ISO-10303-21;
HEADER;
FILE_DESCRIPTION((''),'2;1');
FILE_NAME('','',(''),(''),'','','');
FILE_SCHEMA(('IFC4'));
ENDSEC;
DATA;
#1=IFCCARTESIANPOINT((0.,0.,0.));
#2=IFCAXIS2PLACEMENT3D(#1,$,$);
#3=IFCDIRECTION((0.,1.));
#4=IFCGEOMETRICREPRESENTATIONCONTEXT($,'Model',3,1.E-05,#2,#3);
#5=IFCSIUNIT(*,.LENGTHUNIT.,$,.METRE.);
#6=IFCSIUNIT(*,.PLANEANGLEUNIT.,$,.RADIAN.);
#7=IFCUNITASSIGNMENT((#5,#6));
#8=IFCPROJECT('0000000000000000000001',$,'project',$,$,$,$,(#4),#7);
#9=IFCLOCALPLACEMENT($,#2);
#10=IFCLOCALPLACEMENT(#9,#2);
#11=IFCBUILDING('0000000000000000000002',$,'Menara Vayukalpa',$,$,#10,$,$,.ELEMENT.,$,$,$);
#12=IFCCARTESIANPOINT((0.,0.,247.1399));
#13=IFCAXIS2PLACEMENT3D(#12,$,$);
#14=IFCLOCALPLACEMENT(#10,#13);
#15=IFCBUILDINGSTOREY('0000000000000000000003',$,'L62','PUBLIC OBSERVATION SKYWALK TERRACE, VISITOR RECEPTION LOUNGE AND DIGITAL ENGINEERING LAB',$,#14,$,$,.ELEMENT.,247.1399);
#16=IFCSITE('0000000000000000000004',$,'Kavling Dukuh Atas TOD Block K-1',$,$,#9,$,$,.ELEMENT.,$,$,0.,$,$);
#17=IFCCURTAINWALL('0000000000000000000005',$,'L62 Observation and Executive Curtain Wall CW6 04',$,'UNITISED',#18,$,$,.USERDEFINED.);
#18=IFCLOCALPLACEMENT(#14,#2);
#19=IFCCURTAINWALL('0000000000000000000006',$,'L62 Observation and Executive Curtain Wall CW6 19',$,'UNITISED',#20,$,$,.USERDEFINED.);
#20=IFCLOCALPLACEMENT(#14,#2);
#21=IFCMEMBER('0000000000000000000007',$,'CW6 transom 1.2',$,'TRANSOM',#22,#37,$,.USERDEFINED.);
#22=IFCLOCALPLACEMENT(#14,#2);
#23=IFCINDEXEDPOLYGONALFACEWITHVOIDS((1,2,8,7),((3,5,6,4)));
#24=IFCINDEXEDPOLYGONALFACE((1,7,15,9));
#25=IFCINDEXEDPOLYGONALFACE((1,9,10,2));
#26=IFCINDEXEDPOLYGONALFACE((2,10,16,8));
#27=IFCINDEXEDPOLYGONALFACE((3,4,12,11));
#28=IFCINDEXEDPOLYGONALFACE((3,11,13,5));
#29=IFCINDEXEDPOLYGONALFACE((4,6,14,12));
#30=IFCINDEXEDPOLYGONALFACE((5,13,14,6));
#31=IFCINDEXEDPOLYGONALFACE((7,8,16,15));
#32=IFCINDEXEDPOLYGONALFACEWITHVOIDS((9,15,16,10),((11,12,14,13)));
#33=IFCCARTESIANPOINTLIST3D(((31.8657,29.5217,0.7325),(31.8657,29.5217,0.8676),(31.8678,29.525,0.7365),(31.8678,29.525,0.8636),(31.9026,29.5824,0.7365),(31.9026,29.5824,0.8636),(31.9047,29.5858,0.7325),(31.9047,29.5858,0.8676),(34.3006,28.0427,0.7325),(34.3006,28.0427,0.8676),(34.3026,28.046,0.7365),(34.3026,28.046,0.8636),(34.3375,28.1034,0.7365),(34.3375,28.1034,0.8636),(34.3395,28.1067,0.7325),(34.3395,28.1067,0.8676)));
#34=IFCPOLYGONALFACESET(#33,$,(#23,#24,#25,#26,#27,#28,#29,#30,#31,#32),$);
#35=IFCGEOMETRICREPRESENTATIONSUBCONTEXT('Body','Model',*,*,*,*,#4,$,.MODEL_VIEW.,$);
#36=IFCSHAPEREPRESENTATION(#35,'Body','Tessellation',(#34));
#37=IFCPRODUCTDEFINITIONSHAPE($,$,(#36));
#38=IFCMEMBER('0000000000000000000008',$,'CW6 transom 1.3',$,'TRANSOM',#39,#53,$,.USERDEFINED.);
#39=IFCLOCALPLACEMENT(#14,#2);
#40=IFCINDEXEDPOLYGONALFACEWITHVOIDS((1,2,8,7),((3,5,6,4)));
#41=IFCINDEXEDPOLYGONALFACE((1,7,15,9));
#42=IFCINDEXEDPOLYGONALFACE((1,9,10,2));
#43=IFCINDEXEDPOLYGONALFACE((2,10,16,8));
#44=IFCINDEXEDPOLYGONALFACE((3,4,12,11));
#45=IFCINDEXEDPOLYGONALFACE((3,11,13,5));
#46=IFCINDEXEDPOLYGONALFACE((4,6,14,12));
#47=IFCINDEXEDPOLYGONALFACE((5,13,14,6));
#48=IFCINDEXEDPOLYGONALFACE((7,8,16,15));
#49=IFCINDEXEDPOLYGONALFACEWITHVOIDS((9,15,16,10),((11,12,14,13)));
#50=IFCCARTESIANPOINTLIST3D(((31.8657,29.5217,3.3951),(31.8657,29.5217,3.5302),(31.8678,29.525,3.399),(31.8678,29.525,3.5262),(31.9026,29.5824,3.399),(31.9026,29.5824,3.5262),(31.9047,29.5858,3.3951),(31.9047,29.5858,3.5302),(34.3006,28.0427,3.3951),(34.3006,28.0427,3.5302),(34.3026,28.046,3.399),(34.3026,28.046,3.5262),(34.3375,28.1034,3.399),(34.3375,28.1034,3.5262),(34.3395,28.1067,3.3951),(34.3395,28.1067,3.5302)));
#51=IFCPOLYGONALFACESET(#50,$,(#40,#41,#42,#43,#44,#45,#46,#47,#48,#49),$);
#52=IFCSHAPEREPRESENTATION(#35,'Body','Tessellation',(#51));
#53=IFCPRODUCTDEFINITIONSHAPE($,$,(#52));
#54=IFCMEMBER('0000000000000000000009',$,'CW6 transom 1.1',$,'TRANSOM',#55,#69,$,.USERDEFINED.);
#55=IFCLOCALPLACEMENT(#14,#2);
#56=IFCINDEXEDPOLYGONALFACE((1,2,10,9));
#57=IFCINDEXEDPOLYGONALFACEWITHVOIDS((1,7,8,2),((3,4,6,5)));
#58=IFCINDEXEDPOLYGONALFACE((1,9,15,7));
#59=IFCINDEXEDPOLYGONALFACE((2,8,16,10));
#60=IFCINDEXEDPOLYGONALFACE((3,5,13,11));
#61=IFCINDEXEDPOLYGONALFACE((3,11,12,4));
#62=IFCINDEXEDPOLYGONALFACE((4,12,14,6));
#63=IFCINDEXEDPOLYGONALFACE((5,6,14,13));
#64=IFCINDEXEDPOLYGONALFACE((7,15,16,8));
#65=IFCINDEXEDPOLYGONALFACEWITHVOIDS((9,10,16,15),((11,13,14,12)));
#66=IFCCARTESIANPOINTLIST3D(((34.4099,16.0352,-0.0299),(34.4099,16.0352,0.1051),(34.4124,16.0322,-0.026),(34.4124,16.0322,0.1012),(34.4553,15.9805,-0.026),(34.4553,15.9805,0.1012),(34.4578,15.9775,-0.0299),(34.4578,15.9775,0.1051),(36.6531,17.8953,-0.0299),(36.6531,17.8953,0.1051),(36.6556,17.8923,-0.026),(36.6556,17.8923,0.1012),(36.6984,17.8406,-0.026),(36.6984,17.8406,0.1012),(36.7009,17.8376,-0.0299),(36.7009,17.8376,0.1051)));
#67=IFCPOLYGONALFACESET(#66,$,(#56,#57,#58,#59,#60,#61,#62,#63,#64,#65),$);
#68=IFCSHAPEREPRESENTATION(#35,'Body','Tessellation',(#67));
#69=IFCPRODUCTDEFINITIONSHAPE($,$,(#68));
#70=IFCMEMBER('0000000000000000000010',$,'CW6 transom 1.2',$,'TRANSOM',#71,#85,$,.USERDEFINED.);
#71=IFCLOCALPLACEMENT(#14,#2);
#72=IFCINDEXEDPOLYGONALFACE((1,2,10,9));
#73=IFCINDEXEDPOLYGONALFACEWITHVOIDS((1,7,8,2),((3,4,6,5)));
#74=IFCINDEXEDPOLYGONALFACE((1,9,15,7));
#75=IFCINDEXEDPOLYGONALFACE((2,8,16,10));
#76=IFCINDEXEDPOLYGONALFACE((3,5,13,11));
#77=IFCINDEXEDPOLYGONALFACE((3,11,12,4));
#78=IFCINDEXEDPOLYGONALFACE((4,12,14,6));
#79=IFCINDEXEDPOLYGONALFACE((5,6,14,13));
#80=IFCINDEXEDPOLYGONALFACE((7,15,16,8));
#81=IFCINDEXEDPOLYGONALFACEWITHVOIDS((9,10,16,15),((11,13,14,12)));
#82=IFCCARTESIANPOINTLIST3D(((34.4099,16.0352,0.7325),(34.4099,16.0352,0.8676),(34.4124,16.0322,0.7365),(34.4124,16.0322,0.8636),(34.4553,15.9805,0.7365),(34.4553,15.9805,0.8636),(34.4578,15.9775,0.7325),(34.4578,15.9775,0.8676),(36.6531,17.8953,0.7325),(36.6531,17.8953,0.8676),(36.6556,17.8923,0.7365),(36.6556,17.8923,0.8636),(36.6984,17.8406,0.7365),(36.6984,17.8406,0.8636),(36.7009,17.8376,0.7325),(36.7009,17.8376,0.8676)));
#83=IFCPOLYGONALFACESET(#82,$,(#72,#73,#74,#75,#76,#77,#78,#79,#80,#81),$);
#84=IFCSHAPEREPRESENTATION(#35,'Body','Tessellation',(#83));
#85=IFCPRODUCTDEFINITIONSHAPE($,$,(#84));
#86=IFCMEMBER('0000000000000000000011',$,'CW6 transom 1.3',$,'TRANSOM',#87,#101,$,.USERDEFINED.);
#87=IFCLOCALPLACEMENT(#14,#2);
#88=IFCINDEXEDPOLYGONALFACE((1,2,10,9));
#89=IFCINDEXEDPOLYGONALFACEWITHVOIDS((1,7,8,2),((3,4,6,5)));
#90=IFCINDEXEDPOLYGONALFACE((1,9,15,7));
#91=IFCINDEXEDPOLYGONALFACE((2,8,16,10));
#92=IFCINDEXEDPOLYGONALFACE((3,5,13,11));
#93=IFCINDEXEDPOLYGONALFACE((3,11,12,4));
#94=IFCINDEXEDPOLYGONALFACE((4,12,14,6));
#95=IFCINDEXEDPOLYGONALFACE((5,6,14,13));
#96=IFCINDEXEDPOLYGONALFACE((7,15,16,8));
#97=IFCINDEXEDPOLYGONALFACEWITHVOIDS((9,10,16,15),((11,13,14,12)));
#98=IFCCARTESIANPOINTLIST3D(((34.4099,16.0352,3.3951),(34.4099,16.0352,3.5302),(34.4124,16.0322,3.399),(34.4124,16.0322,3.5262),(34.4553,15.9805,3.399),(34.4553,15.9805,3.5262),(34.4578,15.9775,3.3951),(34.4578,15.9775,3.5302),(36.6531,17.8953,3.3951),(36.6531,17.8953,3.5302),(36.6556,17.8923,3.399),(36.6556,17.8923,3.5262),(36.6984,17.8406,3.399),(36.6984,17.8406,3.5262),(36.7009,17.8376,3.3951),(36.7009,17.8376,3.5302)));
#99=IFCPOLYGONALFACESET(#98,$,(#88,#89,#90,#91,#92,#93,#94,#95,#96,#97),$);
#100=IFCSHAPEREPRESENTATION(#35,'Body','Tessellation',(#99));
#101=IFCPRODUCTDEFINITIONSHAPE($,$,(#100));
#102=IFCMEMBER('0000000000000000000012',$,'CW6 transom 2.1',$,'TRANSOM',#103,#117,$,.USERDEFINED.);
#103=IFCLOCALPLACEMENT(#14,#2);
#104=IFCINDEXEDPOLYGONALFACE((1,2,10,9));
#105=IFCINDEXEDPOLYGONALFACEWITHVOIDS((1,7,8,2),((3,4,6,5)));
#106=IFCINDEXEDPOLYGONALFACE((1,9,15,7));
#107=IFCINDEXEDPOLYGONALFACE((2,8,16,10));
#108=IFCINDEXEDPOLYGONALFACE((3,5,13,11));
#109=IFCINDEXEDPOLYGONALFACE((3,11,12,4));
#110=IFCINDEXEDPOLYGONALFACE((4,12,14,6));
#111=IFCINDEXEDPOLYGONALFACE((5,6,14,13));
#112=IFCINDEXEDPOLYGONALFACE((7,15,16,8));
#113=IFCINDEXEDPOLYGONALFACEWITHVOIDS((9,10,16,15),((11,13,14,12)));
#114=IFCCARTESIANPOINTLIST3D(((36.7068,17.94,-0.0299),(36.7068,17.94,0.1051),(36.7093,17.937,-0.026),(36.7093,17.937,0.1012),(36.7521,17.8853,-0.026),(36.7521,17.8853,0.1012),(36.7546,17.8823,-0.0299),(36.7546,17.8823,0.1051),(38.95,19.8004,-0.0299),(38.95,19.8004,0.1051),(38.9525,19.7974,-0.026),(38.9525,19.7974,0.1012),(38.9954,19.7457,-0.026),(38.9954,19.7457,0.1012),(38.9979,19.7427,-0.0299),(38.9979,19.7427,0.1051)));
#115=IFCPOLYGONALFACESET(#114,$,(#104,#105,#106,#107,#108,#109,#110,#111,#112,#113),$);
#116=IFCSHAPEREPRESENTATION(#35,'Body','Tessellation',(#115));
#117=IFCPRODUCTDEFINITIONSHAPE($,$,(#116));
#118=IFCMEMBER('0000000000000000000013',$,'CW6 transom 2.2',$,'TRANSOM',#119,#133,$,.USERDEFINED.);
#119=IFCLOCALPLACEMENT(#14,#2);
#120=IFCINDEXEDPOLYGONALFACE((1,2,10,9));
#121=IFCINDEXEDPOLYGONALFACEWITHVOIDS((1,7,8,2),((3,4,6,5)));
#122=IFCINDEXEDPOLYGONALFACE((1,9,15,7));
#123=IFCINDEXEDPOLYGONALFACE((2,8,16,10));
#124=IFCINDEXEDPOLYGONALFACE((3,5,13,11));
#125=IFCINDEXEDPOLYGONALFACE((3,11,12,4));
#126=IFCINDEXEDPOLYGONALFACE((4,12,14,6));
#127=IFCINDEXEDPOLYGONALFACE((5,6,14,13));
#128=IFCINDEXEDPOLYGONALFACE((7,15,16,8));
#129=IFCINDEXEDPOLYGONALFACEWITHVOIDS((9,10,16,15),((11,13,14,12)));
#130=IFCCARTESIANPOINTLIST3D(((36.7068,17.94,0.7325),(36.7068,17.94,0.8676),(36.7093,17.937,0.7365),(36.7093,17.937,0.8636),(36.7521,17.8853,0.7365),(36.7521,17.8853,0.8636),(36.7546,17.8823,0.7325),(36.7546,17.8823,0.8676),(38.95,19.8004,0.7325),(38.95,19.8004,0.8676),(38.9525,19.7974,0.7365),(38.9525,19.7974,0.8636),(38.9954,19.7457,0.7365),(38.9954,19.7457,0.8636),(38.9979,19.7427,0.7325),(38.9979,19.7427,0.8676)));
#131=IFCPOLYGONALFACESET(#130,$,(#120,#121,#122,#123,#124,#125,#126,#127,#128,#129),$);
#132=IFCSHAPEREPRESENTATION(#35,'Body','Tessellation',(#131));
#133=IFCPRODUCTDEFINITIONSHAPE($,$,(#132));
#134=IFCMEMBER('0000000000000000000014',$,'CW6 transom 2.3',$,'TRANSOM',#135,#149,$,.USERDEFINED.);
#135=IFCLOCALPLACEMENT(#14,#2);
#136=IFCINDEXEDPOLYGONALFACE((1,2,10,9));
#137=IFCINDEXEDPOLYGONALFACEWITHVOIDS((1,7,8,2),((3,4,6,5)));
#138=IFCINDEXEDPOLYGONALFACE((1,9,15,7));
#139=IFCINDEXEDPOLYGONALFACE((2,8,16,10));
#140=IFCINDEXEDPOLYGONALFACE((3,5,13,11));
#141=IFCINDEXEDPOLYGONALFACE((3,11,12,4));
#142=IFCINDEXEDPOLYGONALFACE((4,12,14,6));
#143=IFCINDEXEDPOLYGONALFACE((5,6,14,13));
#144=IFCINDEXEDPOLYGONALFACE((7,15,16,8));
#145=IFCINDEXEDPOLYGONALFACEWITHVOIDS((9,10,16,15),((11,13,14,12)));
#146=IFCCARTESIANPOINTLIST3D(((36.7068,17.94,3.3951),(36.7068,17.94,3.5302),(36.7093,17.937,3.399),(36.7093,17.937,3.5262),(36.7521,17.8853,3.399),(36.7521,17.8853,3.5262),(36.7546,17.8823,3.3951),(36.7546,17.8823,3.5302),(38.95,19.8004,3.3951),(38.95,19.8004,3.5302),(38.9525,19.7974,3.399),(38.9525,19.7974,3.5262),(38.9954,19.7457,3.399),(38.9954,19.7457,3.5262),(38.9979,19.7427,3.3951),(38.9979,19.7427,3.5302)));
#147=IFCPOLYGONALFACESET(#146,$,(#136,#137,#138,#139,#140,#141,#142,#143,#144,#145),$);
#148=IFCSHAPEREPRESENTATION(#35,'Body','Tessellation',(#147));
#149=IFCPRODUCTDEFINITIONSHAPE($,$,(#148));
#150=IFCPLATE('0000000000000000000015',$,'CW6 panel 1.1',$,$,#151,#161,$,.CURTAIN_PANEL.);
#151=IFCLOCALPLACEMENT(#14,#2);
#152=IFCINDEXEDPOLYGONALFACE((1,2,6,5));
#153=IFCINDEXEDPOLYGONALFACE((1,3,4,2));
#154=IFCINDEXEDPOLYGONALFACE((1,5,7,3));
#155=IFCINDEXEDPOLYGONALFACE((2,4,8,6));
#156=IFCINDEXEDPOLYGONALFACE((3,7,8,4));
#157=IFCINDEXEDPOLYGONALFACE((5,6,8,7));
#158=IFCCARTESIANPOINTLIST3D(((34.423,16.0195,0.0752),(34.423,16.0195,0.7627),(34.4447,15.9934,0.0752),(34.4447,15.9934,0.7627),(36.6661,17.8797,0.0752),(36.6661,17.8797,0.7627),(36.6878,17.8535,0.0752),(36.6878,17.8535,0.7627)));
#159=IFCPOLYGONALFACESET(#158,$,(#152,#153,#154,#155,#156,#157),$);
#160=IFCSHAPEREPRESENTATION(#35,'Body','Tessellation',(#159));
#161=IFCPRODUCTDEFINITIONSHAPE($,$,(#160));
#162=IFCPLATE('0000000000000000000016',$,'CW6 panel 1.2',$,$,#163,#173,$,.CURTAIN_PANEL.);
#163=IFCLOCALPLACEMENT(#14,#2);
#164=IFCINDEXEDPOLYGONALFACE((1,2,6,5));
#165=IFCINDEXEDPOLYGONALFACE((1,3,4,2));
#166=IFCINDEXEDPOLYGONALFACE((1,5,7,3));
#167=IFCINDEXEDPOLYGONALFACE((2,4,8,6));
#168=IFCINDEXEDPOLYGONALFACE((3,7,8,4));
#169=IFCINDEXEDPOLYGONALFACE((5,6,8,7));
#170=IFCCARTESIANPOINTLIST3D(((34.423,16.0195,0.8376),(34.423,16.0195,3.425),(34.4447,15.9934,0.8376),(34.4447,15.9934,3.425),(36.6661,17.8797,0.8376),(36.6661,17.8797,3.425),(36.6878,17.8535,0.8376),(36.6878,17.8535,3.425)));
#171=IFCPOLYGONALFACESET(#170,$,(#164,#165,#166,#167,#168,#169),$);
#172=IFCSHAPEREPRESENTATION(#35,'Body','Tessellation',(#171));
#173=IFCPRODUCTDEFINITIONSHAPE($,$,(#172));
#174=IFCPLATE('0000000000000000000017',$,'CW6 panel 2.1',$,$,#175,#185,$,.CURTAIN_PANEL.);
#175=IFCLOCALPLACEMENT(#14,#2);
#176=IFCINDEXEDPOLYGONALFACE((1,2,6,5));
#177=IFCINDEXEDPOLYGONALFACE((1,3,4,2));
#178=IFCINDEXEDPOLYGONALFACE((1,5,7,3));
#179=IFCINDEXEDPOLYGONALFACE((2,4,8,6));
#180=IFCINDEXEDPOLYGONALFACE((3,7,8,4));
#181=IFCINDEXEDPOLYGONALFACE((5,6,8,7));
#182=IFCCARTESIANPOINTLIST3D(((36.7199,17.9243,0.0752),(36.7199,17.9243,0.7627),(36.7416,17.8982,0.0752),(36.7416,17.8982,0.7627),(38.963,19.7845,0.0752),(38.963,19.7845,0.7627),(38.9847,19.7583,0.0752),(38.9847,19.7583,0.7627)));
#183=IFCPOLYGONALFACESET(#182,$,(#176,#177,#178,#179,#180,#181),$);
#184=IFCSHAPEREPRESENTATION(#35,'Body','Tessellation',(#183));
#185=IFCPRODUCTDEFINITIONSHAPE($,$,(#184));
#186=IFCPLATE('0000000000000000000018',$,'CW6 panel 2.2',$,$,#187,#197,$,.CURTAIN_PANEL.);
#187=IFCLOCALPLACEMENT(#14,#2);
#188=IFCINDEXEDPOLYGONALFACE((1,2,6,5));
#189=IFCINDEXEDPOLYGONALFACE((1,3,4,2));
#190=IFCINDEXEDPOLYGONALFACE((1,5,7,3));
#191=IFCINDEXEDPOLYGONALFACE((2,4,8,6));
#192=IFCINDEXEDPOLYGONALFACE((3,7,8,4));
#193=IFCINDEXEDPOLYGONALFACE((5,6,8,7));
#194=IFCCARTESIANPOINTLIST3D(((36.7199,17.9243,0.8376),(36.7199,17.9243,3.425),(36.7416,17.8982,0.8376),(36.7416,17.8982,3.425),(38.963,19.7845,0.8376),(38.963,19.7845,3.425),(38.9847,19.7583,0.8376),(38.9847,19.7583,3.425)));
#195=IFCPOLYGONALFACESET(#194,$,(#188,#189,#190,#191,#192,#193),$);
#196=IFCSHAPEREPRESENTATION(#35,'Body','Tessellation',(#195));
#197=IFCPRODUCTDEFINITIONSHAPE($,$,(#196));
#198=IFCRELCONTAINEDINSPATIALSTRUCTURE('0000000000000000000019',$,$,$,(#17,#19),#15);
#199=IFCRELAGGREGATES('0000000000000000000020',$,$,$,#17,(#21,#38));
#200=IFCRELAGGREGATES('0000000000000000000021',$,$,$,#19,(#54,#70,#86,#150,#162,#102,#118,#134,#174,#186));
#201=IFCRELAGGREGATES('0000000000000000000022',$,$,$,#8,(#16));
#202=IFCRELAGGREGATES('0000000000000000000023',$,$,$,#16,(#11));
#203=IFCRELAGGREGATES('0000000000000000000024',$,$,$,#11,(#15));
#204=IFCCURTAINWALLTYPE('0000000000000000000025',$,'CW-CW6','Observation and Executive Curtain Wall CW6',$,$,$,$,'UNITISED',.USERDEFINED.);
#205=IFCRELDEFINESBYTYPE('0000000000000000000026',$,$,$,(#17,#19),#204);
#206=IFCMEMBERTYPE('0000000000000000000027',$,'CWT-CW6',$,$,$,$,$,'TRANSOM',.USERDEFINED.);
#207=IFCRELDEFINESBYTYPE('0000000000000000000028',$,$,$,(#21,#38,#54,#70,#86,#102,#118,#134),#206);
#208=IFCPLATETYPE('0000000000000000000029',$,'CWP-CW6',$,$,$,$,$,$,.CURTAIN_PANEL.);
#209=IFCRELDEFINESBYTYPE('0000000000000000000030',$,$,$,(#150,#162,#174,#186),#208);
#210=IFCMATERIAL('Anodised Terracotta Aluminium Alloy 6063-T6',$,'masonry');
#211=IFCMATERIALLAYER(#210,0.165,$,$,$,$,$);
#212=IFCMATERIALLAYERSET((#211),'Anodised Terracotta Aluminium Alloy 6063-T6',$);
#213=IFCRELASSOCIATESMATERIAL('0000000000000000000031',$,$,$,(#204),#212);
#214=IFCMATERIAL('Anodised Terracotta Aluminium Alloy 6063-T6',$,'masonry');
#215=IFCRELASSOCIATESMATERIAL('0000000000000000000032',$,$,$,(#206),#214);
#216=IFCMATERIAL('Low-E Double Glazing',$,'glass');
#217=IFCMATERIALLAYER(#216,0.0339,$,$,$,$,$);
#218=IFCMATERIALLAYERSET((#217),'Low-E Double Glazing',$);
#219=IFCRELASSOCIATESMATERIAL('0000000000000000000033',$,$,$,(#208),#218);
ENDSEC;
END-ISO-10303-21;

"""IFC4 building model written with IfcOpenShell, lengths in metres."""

from ifc_helpers import new_model, si_unit, direction, frame, origin, origin_2d, place, context, subcontext, project, spatial, rectangle, hollow_rectangle, extrude, material, layer, layer_set, material_profile, profile_set, type_object, element, aggregate, save


model = new_model("IFC4")

# Units and contexts
model_context = context("Model", 3, precision=1e-05, world=origin(), true_north=direction((0.0, 1.0)))
body_context = subcontext(model_context, "Body", "Model", "MODEL_VIEW")
ifc_project = project(units=[si_unit("LENGTHUNIT", "METRE"), si_unit("PLANEANGLEUNIT", "RADIAN")], contexts=[model_context])

# Site, building, storey
site_placement = place(None, origin())
site = spatial("IfcSite", under=ifc_project, at=site_placement, Name="Kavling Dukuh Atas TOD Block K-1", CompositionType="ELEMENT", RefElevation=0.0)
building_placement = place(site_placement, origin())
building = spatial("IfcBuilding", under=site, at=building_placement, Name="Menara Vayukalpa", CompositionType="ELEMENT")
storey_placement = place(building_placement, frame((0.0, 0.0, 247.1399)))
storey = spatial("IfcBuildingStorey", under=building, at=storey_placement, Name="L62", Description="PUBLIC OBSERVATION SKYWALK TERRACE, VISITOR RECEPTION LOUNGE AND DIGITAL ENGINEERING LAB", CompositionType="ELEMENT", Elevation=247.1399)

# Curtain wall
ifc_material_1 = material(Name="Anodised Terracotta Aluminium Alloy 6063-T6", Category="masonry")
ifc_layer_1 = layer(ifc_material_1, 0.165)
ifc_layer_set_1 = layer_set([ifc_layer_1], Name="Anodised Terracotta Aluminium Alloy 6063-T6")
curtain_wall_type = type_object("IfcCurtainWallType", Name="CW-CW6", Description="Observation and Executive Curtain Wall CW6", ElementType="UNITISED", PredefinedType="USERDEFINED", material=ifc_layer_set_1)
curtain_wall_1_placement = place(storey_placement, origin())
curtain_wall_1 = element("IfcCurtainWall", 1, at=curtain_wall_1_placement, inside=storey, type_object=curtain_wall_type, Name="L62 Observation and Executive Curtain Wall CW6 04", ObjectType="UNITISED", PredefinedType="USERDEFINED")

# Curtain wall
curtain_wall_2_placement = place(storey_placement, origin())
curtain_wall_2 = element("IfcCurtainWall", 2, at=curtain_wall_2_placement, inside=storey, type_object=curtain_wall_type, Name="L62 Observation and Executive Curtain Wall CW6 19", ObjectType="UNITISED", PredefinedType="USERDEFINED")

# Members
ifc_material_2 = material(Name="Anodised Terracotta Aluminium Alloy 6063-T6", Category="masonry")
ifc_material_profile_1 = material_profile(ifc_material_2, hollow_rectangle(XDim=0.075, YDim=0.135, WallThickness=0.0039, at=origin_2d()), Name="ALU 75x135x4")
ifc_profile_set_1 = profile_set([ifc_material_profile_1], Name="Anodised Terracotta Aluminium Alloy 6063-T6")
member_type_1 = type_object("IfcMemberType", Name="CWT-CW6", ElementType="TRANSOM", PredefinedType="USERDEFINED", material=ifc_profile_set_1)
member_1_placement = place(storey_placement, frame((34.3201, 28.0747, 0.8), z_axis=(-0.854675, 0.519164, 0.0), x_axis=(-0.519164, -0.854675, 0.0)))
member_1 = element("IfcMember", 3, at=member_1_placement, type_object=member_type_1, Name="CW6 transom 1.2", ObjectType="TRANSOM", PredefinedType="USERDEFINED", context=body_context, shape_type="SweptSolid", body=[
    extrude(hollow_rectangle(XDim=0.075, YDim=0.135, WallThickness=0.0039, at=origin_2d()), origin(), (0.0, 0.0, 1.0), 2.8489),
])
member_2_placement = place(storey_placement, frame((34.3201, 28.0747, 3.4626), z_axis=(-0.854675, 0.519164, 0.0), x_axis=(-0.519164, -0.854675, 0.0)))
member_2 = element("IfcMember", 4, at=member_2_placement, type_object=member_type_1, Name="CW6 transom 1.3", ObjectType="TRANSOM", PredefinedType="USERDEFINED", context=body_context, shape_type="SweptSolid", body=[
    extrude(hollow_rectangle(XDim=0.075, YDim=0.135, WallThickness=0.0039, at=origin_2d()), origin(), (0.0, 0.0, 1.0), 2.8489),
])
aggregate(curtain_wall_1, [member_1, member_2])
member_3_placement = place(storey_placement, frame((34.4338, 16.0063, 0.0376), z_axis=(0.769771, 0.63832, 0.0), x_axis=(-0.63832, 0.769771, 0.0)))
member_3 = element("IfcMember", 5, at=member_3_placement, type_object=member_type_1, Name="CW6 transom 1.1", ObjectType="TRANSOM", PredefinedType="USERDEFINED", context=body_context, shape_type="SweptSolid", body=[
    extrude(hollow_rectangle(XDim=0.075, YDim=0.135, WallThickness=0.0039, at=origin_2d()), origin(), (0.0, 0.0, 1.0), 2.9141),
])
member_4_placement = place(storey_placement, frame((34.4338, 16.0063, 0.8), z_axis=(0.769771, 0.63832, 0.0), x_axis=(-0.63832, 0.769771, 0.0)))
member_4 = element("IfcMember", 6, at=member_4_placement, type_object=member_type_1, Name="CW6 transom 1.2", ObjectType="TRANSOM", PredefinedType="USERDEFINED", context=body_context, shape_type="SweptSolid", body=[
    extrude(hollow_rectangle(XDim=0.075, YDim=0.135, WallThickness=0.0039, at=origin_2d()), origin(), (0.0, 0.0, 1.0), 2.9141),
])
member_5_placement = place(storey_placement, frame((34.4338, 16.0063, 3.4626), z_axis=(0.769771, 0.63832, 0.0), x_axis=(-0.63832, 0.769771, 0.0)))
member_5 = element("IfcMember", 7, at=member_5_placement, type_object=member_type_1, Name="CW6 transom 1.3", ObjectType="TRANSOM", PredefinedType="USERDEFINED", context=body_context, shape_type="SweptSolid", body=[
    extrude(hollow_rectangle(XDim=0.075, YDim=0.135, WallThickness=0.0039, at=origin_2d()), origin(), (0.0, 0.0, 1.0), 2.9141),
])
member_6_placement = place(storey_placement, frame((36.7307, 17.9111, 0.0376), z_axis=(0.76973, 0.63837, 0.0), x_axis=(-0.63837, 0.76973, 0.0)))
member_6 = element("IfcMember", 8, at=member_6_placement, type_object=member_type_1, Name="CW6 transom 2.1", ObjectType="TRANSOM", PredefinedType="USERDEFINED", context=body_context, shape_type="SweptSolid", body=[
    extrude(hollow_rectangle(XDim=0.075, YDim=0.135, WallThickness=0.0039, at=origin_2d()), origin(), (0.0, 0.0, 1.0), 2.9143),
])
member_7_placement = place(storey_placement, frame((36.7307, 17.9111, 0.8), z_axis=(0.76973, 0.63837, 0.0), x_axis=(-0.63837, 0.76973, 0.0)))
member_7 = element("IfcMember", 9, at=member_7_placement, type_object=member_type_1, Name="CW6 transom 2.2", ObjectType="TRANSOM", PredefinedType="USERDEFINED", context=body_context, shape_type="SweptSolid", body=[
    extrude(hollow_rectangle(XDim=0.075, YDim=0.135, WallThickness=0.0039, at=origin_2d()), origin(), (0.0, 0.0, 1.0), 2.9143),
])
member_8_placement = place(storey_placement, frame((36.7307, 17.9111, 3.4626), z_axis=(0.76973, 0.63837, 0.0), x_axis=(-0.63837, 0.76973, 0.0)))
member_8 = element("IfcMember", 10, at=member_8_placement, type_object=member_type_1, Name="CW6 transom 2.3", ObjectType="TRANSOM", PredefinedType="USERDEFINED", context=body_context, shape_type="SweptSolid", body=[
    extrude(hollow_rectangle(XDim=0.075, YDim=0.135, WallThickness=0.0039, at=origin_2d()), origin(), (0.0, 0.0, 1.0), 2.9143),
])

# Plates
ifc_material_3 = material(Name="Low-E Double Glazing", Category="glass")
ifc_layer_2 = layer(ifc_material_3, 0.0339)
ifc_layer_set_2 = layer_set([ifc_layer_2], Name="Low-E Double Glazing")
plate_type = type_object("IfcPlateType", Name="CWP-CW6", PredefinedType="CURTAIN_PANEL", material=ifc_layer_set_2)
plate_1_placement = place(storey_placement, frame((35.5554, 16.9365, 0.0752), z_axis=(0.0, 0.0, 1.0), x_axis=(0.769754, 0.63834, 0.0)))
plate_1 = element("IfcPlate", 11, at=plate_1_placement, type_object=plate_type, Name="CW6 panel 1.1", PredefinedType="CURTAIN_PANEL", context=body_context, shape_type="SweptSolid", body=[
    extrude(rectangle(XDim=2.9141, YDim=0.0339, at=origin_2d()), origin(), (0.0, 0.0, 1.0), 0.6875),
])
plate_2_placement = place(storey_placement, frame((35.5554, 16.9365, 0.8376), z_axis=(0.0, 0.0, 1.0), x_axis=(0.769754, 0.63834, 0.0)))
plate_2 = element("IfcPlate", 12, at=plate_2_placement, type_object=plate_type, Name="CW6 panel 1.2", PredefinedType="CURTAIN_PANEL", context=body_context, shape_type="SweptSolid", body=[
    extrude(rectangle(XDim=2.9141, YDim=0.0339, at=origin_2d()), origin(), (0.0, 0.0, 1.0), 2.5874),
])
plate_3_placement = place(storey_placement, frame((37.8523, 18.8413, 0.0752), z_axis=(0.0, 0.0, 1.0), x_axis=(0.769754, 0.63834, 0.0)))
plate_3 = element("IfcPlate", 13, at=plate_3_placement, type_object=plate_type, Name="CW6 panel 2.1", PredefinedType="CURTAIN_PANEL", context=body_context, shape_type="SweptSolid", body=[
    extrude(rectangle(XDim=2.9141, YDim=0.0339, at=origin_2d()), origin(), (0.0, 0.0, 1.0), 0.6875),
])
plate_4_placement = place(storey_placement, frame((37.8523, 18.8413, 0.8376), z_axis=(0.0, 0.0, 1.0), x_axis=(0.769754, 0.63834, 0.0)))
plate_4 = element("IfcPlate", 14, at=plate_4_placement, type_object=plate_type, Name="CW6 panel 2.2", PredefinedType="CURTAIN_PANEL", context=body_context, shape_type="SweptSolid", body=[
    extrude(rectangle(XDim=2.9141, YDim=0.0339, at=origin_2d()), origin(), (0.0, 0.0, 1.0), 2.5874),
])
aggregate(curtain_wall_2, [member_3, member_4, member_5, plate_1, plate_2, member_6, member_7, member_8, plate_3, plate_4])

save(model, "model.ifc")
